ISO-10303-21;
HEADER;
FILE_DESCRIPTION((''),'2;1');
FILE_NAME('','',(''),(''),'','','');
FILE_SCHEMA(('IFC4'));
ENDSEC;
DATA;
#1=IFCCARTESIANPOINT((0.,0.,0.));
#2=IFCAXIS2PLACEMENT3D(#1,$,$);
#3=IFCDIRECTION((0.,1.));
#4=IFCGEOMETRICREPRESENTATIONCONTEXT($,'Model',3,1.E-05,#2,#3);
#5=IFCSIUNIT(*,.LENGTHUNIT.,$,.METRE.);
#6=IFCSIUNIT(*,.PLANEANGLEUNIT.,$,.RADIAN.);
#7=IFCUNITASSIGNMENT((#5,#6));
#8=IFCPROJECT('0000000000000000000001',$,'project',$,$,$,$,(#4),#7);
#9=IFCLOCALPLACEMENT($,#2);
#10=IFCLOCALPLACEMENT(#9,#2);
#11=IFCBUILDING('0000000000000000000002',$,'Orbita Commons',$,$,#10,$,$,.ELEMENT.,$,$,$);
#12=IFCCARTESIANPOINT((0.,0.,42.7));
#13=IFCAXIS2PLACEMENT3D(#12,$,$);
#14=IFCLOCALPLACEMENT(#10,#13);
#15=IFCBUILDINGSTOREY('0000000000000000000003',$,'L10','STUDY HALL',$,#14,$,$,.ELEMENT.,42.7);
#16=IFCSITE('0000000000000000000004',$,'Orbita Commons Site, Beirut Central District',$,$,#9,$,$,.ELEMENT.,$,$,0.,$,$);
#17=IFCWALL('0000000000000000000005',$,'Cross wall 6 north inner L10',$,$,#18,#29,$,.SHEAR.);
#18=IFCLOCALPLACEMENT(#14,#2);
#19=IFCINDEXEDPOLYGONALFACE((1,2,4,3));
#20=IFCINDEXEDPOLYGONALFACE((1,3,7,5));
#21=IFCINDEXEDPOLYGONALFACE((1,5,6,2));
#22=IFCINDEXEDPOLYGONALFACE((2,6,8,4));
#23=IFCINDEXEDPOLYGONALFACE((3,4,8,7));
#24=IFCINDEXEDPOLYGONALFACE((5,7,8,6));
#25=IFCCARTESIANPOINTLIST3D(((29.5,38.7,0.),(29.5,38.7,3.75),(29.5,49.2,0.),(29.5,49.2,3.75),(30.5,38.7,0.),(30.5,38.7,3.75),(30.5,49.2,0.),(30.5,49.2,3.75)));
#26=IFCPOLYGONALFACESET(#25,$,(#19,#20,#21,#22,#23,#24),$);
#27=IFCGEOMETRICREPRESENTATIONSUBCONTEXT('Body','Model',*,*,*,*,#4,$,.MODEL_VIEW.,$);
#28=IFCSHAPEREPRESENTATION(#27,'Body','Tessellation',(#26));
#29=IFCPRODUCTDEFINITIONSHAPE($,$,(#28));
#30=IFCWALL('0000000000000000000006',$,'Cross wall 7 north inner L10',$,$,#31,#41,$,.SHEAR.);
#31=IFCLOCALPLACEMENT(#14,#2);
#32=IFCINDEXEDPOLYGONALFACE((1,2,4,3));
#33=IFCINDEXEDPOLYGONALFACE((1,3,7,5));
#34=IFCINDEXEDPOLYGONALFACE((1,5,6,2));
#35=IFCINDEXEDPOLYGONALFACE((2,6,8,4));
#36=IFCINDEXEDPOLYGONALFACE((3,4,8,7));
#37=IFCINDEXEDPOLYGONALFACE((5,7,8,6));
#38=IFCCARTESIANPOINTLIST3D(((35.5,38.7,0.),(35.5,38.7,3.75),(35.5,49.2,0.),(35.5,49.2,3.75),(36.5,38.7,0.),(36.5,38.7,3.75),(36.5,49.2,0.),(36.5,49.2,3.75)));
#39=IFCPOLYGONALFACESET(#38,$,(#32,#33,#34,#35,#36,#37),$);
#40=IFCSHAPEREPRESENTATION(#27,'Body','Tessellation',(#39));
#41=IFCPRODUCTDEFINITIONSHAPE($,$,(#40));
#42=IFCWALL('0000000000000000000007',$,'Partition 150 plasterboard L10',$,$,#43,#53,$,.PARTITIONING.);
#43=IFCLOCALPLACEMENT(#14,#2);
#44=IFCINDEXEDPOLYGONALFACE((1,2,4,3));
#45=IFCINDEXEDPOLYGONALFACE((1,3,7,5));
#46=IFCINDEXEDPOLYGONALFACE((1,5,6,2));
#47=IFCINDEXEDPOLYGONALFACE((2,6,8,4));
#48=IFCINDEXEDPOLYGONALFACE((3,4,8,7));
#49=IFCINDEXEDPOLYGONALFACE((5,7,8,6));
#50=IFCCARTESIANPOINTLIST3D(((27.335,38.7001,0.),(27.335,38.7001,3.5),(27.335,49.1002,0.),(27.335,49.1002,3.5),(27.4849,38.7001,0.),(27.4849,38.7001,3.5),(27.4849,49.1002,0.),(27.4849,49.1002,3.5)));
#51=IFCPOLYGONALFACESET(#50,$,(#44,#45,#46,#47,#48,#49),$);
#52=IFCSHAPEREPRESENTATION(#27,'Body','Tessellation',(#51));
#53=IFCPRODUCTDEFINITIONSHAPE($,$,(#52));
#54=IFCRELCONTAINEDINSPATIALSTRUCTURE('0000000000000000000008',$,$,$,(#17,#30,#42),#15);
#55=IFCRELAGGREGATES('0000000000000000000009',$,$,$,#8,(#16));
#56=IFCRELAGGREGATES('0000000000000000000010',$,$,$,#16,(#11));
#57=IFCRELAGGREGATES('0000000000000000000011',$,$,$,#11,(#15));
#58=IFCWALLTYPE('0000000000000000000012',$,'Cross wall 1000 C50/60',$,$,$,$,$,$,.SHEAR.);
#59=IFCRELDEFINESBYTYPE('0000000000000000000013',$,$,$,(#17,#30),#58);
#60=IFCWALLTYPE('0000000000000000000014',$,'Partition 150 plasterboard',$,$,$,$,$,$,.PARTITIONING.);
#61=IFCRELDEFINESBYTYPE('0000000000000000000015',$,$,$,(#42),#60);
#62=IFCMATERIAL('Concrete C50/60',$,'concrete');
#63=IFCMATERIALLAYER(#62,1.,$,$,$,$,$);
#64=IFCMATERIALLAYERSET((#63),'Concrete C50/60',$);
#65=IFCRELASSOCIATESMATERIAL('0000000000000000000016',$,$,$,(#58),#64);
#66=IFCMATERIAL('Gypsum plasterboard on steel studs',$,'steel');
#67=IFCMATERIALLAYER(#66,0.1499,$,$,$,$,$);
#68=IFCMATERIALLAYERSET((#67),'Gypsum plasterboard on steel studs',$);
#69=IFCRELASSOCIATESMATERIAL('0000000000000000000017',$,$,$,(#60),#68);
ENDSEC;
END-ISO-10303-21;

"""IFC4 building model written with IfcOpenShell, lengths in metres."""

from ifc_helpers import new_model, si_unit, direction, frame, frame_2d, origin, place, context, subcontext, project, spatial, rectangle, extrude, material, layer, layer_set, type_object, element, save


model = new_model("IFC4")

# Units and contexts
model_context = context("Model", 3, precision=1e-05, world=origin(), true_north=direction((0.0, 1.0)))
body_context = subcontext(model_context, "Body", "Model", "MODEL_VIEW")
ifc_project = project(units=[si_unit("LENGTHUNIT", "METRE"), si_unit("PLANEANGLEUNIT", "RADIAN")], contexts=[model_context])

# Site, building, storey
site_placement = place(None, origin())
site = spatial("IfcSite", under=ifc_project, at=site_placement, Name="Orbita Commons Site, Beirut Central District", CompositionType="ELEMENT", RefElevation=0.0)
building_placement = place(site_placement, origin())
building = spatial("IfcBuilding", under=site, at=building_placement, Name="Orbita Commons", CompositionType="ELEMENT")
storey_placement = place(building_placement, frame((0.0, 0.0, 42.7)))
storey = spatial("IfcBuildingStorey", under=building, at=storey_placement, Name="L10", Description="STUDY HALL", CompositionType="ELEMENT", Elevation=42.7)

# Walls
ifc_material_1 = material(Name="Concrete C50/60", Category="concrete")
ifc_layer_1 = layer(ifc_material_1, 1.0)
ifc_layer_set_1 = layer_set([ifc_layer_1], Name="Concrete C50/60")
wall_type_1 = type_object("IfcWallType", Name="Cross wall 1000 C50/60", PredefinedType="SHEAR", material=ifc_layer_set_1)
for number, where, z_axis, x_axis, name in (
    (1, (30.0, 38.7, 0.0), (0.0, 0.0, 1.0), (0.0, 1.0, 0.0), "Cross wall 6 north inner L10"),
    (2, (36.0, 38.7, 0.0), (0.0, 0.0, 1.0), (0.0, 1.0, 0.0), "Cross wall 7 north inner L10"),
):
    element("IfcWall", number, at=place(storey_placement, frame(where, z_axis=z_axis, x_axis=x_axis)), inside=storey, type_object=wall_type_1, Name=name, PredefinedType="SHEAR", context=body_context, shape_type="SweptSolid", body=[
        extrude(rectangle(XDim=10.5, YDim=1.0, at=frame_2d((5.25, 0.0))), origin(), (0.0, 0.0, 1.0), 3.75),
    ])
ifc_material_2 = material(Name="Gypsum plasterboard on steel studs", Category="steel")
ifc_layer_2 = layer(ifc_material_2, 0.1499)
ifc_layer_set_2 = layer_set([ifc_layer_2], Name="Gypsum plasterboard on steel studs")
wall_type_2 = type_object("IfcWallType", Name="Partition 150 plasterboard", PredefinedType="PARTITIONING", material=ifc_layer_set_2)
wall_1_placement = place(storey_placement, frame((27.4099, 38.7, 0.0), z_axis=(0.0, 0.0, 1.0), x_axis=(0.0, 1.0, 0.0)))
element("IfcWall", 3, at=wall_1_placement, inside=storey, type_object=wall_type_2, Name="Partition 150 plasterboard L10", PredefinedType="PARTITIONING", context=body_context, shape_type="SweptSolid", body=[
    extrude(rectangle(XDim=10.4001, YDim=0.1499, at=frame_2d((5.2002, 0.0))), origin(), (0.0, 0.0, 1.0), 3.5),
])

save(model, "model.ifc")
